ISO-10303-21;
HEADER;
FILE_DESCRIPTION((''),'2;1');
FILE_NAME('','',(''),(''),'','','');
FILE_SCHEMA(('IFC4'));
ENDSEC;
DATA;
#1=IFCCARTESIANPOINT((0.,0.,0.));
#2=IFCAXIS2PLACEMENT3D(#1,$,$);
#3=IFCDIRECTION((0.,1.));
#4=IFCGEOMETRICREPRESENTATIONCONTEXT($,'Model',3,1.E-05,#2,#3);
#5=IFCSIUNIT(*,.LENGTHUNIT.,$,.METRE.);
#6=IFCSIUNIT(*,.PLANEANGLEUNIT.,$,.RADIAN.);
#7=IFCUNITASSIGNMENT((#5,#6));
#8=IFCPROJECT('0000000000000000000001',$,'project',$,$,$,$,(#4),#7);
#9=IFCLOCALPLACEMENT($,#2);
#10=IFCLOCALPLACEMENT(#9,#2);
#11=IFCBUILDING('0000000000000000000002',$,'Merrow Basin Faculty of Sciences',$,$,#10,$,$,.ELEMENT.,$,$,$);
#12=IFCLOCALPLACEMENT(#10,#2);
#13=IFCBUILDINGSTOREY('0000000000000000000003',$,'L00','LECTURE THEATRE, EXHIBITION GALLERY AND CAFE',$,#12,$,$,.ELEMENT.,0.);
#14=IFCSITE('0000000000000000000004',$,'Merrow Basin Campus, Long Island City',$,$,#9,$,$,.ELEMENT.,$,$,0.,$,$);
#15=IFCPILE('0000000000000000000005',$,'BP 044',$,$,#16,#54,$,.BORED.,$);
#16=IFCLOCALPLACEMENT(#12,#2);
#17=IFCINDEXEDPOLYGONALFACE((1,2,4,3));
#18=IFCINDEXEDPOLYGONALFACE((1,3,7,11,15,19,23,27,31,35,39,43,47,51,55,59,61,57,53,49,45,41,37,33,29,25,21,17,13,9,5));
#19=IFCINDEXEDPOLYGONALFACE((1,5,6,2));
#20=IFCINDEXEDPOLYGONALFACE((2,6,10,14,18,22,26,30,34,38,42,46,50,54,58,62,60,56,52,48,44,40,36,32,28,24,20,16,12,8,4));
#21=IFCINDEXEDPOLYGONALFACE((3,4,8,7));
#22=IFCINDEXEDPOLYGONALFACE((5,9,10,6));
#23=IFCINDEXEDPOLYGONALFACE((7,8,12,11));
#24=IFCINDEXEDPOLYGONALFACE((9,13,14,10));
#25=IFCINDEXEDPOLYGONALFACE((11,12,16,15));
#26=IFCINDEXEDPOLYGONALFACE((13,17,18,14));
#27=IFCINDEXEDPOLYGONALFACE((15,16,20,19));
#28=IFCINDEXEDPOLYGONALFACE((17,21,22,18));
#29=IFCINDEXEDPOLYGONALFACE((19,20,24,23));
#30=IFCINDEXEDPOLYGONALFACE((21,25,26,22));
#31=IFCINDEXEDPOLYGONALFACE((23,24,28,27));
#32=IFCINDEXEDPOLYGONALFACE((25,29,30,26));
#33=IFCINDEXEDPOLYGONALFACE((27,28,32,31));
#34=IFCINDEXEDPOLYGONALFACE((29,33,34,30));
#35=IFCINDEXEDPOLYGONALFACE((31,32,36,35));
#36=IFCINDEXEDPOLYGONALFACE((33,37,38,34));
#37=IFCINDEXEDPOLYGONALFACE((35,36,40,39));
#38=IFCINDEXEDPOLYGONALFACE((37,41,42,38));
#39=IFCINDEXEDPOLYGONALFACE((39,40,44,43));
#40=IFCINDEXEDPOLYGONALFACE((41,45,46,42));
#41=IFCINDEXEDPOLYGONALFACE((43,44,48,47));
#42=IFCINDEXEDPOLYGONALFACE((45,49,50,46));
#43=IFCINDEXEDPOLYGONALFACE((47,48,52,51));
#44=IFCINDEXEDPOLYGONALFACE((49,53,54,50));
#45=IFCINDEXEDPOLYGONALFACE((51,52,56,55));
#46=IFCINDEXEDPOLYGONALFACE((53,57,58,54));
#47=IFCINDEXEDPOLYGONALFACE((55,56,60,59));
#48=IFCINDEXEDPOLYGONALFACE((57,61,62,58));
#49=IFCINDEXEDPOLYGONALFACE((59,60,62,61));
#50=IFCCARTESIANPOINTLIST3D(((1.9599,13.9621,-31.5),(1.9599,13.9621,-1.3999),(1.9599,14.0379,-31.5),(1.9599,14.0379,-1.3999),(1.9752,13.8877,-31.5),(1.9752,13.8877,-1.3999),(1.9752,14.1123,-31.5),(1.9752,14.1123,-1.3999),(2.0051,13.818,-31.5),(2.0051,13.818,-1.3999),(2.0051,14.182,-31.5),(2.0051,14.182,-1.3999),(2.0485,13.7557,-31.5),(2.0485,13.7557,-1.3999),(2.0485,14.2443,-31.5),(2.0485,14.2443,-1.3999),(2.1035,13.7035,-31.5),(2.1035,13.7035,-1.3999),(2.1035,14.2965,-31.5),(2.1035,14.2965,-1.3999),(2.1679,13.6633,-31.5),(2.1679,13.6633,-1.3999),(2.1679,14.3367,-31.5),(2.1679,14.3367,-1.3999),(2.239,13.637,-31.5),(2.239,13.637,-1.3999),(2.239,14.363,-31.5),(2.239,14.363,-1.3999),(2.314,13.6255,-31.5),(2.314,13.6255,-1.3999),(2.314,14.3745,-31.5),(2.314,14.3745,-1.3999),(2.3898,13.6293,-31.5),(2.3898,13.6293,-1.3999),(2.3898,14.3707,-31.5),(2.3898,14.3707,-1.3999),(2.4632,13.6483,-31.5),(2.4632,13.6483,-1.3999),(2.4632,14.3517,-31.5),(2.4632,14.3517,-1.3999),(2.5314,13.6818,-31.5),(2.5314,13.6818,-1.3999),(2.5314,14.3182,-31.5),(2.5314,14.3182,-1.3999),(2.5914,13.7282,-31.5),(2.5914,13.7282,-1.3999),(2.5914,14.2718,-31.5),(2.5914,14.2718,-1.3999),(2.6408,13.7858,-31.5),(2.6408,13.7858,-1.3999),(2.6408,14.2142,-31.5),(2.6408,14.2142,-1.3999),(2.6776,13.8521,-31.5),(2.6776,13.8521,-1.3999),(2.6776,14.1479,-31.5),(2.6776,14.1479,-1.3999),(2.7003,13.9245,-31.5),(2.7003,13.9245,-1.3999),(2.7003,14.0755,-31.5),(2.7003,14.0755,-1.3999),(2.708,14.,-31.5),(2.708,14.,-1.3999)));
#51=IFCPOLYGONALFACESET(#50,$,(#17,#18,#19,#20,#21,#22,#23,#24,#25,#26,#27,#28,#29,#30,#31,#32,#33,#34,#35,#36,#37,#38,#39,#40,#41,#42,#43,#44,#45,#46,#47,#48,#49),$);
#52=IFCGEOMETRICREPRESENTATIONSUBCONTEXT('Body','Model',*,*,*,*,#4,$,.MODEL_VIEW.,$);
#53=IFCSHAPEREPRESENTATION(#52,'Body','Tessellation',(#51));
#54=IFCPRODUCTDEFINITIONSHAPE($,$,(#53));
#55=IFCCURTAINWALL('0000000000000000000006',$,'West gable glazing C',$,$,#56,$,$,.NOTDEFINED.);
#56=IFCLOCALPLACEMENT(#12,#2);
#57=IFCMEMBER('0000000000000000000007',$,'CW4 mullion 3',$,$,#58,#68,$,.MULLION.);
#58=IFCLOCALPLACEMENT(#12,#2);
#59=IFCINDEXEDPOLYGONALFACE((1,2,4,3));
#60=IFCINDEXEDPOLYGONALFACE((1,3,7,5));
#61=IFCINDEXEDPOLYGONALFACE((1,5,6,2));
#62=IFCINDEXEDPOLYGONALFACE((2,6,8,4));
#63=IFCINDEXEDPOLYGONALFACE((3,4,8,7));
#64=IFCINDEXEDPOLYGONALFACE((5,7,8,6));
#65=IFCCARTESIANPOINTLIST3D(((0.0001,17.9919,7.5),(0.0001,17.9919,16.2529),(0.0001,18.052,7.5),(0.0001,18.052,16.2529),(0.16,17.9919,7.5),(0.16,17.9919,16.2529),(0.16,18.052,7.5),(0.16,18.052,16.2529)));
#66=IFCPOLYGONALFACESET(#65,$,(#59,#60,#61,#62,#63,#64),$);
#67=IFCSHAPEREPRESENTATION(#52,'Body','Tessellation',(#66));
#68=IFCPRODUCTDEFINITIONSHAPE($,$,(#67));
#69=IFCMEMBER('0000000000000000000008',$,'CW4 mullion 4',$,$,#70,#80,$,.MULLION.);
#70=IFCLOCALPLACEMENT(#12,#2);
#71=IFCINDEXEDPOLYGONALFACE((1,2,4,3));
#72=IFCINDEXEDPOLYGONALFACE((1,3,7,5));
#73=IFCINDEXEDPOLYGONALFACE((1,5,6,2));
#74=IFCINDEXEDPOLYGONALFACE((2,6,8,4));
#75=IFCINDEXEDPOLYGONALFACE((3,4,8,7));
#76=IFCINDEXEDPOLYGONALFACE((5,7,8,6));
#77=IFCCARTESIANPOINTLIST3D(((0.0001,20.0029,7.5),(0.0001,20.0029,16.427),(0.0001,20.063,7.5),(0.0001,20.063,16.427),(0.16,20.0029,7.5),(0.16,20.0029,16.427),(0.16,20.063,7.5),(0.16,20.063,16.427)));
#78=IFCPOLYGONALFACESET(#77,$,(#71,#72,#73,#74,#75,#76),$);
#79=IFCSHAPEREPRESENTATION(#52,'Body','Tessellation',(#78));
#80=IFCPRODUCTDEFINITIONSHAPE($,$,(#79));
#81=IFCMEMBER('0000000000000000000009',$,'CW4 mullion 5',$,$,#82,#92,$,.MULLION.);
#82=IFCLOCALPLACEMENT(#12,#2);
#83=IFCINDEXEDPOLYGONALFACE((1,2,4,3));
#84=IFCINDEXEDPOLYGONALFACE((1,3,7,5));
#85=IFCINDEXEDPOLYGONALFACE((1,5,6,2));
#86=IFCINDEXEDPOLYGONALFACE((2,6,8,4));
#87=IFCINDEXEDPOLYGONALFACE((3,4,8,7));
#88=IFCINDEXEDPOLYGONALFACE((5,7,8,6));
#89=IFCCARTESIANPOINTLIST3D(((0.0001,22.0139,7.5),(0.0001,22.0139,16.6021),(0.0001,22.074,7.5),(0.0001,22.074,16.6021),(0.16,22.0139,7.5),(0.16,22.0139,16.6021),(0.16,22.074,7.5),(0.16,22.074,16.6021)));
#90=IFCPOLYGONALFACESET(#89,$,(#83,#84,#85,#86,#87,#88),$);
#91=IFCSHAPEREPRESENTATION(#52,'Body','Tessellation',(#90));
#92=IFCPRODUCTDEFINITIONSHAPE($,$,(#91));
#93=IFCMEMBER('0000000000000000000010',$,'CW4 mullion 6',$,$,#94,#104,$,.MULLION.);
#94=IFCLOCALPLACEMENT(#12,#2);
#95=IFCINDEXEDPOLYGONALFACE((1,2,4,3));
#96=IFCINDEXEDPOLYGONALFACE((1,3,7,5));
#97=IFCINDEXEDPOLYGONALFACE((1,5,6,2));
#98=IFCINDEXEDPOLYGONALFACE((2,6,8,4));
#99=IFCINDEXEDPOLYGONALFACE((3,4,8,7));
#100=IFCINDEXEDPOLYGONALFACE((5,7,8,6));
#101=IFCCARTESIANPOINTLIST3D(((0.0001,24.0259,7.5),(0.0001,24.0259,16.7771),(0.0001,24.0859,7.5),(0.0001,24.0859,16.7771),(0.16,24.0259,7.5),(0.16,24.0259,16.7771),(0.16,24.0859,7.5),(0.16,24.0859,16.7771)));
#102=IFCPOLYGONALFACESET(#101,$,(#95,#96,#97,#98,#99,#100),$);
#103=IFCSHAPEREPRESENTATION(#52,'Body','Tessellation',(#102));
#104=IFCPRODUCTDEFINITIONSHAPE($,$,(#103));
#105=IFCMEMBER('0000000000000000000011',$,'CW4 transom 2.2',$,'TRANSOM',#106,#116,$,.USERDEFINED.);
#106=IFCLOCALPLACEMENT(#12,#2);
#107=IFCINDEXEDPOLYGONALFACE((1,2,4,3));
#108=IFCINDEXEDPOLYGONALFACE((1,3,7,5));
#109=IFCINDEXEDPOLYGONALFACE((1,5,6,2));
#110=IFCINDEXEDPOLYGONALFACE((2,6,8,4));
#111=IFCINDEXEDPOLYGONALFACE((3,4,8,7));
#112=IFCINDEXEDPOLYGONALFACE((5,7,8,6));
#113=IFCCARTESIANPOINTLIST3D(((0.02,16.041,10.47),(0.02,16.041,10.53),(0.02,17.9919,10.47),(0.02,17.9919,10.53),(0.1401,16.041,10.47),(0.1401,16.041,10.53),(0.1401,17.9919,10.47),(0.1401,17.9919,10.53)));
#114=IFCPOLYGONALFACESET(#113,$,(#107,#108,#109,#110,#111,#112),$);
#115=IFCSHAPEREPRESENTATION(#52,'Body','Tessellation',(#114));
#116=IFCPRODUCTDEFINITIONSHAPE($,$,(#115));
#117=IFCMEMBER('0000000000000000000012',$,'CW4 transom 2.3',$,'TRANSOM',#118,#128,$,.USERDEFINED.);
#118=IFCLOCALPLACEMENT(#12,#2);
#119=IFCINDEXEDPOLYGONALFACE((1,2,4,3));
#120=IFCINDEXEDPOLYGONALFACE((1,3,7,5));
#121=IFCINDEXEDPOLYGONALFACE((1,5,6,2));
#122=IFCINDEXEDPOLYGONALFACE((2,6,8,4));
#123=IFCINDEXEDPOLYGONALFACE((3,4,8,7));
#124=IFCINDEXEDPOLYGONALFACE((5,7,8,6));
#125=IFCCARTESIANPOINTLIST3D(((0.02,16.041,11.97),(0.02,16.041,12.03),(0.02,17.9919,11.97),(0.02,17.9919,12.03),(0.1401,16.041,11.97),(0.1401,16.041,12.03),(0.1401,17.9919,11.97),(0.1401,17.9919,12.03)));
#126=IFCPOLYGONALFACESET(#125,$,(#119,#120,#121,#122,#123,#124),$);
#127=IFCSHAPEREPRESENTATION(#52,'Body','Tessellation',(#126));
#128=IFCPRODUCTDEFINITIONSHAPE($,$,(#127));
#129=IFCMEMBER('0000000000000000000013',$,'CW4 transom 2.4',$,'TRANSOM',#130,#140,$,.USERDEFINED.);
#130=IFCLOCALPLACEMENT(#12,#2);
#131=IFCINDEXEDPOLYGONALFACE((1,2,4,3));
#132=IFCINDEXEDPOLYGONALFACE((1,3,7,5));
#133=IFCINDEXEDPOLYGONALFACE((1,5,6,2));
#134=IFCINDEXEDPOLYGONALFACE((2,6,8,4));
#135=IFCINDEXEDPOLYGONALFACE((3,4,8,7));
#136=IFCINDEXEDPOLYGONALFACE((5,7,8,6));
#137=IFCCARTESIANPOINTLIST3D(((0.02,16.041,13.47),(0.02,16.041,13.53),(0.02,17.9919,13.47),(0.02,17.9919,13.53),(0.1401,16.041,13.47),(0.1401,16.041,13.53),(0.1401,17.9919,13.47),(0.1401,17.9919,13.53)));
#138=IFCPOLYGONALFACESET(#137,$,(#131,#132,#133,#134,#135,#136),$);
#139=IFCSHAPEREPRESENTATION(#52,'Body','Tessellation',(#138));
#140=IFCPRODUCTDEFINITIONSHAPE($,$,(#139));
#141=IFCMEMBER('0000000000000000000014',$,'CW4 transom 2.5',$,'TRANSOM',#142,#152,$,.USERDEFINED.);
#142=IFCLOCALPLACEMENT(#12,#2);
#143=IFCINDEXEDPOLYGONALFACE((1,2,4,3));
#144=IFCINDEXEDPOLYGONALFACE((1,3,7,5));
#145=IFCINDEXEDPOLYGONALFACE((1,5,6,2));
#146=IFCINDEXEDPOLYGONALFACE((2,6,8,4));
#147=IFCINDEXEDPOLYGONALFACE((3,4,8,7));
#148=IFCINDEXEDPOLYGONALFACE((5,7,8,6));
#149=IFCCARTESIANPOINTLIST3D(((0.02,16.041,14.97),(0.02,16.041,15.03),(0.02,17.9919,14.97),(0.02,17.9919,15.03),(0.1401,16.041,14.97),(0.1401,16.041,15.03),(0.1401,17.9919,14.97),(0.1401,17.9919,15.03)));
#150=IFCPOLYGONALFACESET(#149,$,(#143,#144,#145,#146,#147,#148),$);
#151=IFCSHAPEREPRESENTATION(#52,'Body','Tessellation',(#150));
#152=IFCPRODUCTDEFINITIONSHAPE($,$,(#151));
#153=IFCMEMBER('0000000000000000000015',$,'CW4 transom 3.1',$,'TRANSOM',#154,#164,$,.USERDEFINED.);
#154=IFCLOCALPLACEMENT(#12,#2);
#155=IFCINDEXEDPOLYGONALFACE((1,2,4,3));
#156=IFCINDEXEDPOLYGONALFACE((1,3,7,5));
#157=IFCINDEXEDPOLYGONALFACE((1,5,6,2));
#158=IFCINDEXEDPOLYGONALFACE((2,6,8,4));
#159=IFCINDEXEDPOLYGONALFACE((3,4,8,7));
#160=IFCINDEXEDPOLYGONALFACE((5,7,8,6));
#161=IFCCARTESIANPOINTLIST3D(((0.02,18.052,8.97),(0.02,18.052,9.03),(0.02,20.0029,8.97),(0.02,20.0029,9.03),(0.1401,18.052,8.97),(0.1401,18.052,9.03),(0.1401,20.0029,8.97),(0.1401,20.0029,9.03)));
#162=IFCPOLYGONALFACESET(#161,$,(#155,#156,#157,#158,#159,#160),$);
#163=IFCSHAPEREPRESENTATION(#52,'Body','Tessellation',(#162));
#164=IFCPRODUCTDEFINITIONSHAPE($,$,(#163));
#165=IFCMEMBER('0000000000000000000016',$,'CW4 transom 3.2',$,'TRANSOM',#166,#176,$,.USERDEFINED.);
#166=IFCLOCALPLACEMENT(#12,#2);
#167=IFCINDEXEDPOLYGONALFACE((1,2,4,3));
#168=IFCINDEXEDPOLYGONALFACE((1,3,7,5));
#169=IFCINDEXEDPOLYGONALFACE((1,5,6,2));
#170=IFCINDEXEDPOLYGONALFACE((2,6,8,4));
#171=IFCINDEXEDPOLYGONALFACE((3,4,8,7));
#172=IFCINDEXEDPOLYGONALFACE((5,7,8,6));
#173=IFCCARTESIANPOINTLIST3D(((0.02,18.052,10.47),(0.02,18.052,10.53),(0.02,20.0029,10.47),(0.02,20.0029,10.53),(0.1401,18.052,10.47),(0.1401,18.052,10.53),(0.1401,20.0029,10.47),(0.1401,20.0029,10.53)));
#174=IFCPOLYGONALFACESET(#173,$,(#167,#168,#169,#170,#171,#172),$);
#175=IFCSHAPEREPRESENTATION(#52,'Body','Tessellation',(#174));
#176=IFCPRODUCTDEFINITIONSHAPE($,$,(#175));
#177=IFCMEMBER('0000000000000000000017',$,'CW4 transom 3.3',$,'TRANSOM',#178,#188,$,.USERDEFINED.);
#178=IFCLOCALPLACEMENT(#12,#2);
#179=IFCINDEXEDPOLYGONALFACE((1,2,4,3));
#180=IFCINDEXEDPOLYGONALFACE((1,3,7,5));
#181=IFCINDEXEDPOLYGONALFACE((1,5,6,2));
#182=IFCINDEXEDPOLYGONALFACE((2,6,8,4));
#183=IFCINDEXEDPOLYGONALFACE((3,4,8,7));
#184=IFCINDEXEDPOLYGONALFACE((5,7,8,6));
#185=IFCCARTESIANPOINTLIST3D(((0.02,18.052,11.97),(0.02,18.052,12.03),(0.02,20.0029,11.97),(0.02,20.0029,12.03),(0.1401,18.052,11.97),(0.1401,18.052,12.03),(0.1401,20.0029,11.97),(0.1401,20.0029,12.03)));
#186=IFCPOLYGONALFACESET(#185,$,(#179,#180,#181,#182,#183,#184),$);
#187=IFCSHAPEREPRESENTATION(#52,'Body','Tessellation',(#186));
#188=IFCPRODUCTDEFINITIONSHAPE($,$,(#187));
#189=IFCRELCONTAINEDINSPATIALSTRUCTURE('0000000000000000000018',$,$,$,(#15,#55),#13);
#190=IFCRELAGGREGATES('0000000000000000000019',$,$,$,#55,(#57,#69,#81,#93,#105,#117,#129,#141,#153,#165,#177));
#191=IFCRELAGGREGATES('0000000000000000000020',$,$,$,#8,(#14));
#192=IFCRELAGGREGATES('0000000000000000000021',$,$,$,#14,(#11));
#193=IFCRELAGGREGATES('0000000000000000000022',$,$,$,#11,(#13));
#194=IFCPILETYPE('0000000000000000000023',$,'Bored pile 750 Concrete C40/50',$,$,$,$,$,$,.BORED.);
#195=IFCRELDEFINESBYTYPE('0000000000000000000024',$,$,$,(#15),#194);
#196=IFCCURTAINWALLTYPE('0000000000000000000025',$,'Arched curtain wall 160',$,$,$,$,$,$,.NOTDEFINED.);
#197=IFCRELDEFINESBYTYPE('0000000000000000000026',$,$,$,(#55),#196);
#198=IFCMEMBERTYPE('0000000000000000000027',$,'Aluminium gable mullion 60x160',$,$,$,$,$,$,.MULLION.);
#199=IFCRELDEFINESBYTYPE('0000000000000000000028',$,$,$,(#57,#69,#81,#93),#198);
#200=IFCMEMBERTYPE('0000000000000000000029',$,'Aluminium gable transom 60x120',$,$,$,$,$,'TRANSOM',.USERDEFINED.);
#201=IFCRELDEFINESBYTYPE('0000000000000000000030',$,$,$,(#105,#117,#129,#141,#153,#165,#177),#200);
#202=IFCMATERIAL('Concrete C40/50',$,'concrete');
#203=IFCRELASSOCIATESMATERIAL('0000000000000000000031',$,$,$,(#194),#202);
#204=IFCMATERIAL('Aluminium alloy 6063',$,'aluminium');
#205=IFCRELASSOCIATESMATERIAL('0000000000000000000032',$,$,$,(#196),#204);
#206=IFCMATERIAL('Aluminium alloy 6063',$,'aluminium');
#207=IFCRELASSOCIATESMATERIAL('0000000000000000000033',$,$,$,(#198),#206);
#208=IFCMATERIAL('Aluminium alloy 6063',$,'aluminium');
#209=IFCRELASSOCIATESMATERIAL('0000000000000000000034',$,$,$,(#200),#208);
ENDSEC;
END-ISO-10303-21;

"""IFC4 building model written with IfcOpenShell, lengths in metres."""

from ifc_helpers import new_model, si_unit, direction, frame, origin, origin_2d, place, context, subcontext, project, spatial, rectangle, circle, extrude, material, material_profile, profile_set, type_object, element, aggregate, save


model = new_model("IFC4")

# Units and contexts
model_context = context("Model", 3, precision=1e-05, world=origin(), true_north=direction((0.0, 1.0)))
body_context = subcontext(model_context, "Body", "Model", "MODEL_VIEW")
ifc_project = project(units=[si_unit("LENGTHUNIT", "METRE"), si_unit("PLANEANGLEUNIT", "RADIAN")], contexts=[model_context])

# Site, building, storey
site_placement = place(None, origin())
site = spatial("IfcSite", under=ifc_project, at=site_placement, Name="Merrow Basin Campus, Long Island City", CompositionType="ELEMENT", RefElevation=0.0)
building_placement = place(site_placement, origin())
building = spatial("IfcBuilding", under=site, at=building_placement, Name="Merrow Basin Faculty of Sciences", CompositionType="ELEMENT")
storey_placement = place(building_placement, origin())
storey = spatial("IfcBuildingStorey", under=building, at=storey_placement, Name="L00", Description="LECTURE THEATRE, EXHIBITION GALLERY AND CAFE", CompositionType="ELEMENT", Elevation=0.0)

# Pile
ifc_material_1 = material(Name="Concrete C40/50", Category="concrete")
ifc_material_profile_1 = material_profile(ifc_material_1, circle(Radius=0.375, at=origin_2d()))
ifc_profile_set_1 = profile_set([ifc_material_profile_1], Name="Concrete C40/50")
pile_type = type_object("IfcPileType", Name="Bored pile 750 Concrete C40/50", PredefinedType="BORED", material=ifc_profile_set_1)
pile_placement = place(storey_placement, frame((2.333, 14.0, -1.3999), z_axis=(0.0, 0.0, -1.0), x_axis=(1.0, 0.0, 0.0)))
element("IfcPile", 1, at=pile_placement, inside=storey, type_object=pile_type, Name="BP 044", PredefinedType="BORED", context=body_context, shape_type="SweptSolid", body=[
    extrude(circle(Radius=0.375, at=origin_2d()), origin(), (0.0, 0.0, 1.0), 30.1001),
])

# Curtain wall, members
ifc_material_2 = material(Name="Aluminium alloy 6063", Category="aluminium")
curtain_wall_type = type_object("IfcCurtainWallType", Name="Arched curtain wall 160", PredefinedType="NOTDEFINED", material=ifc_material_2)
curtain_wall_placement = place(storey_placement, origin())
curtain_wall = element("IfcCurtainWall", 2, at=curtain_wall_placement, inside=storey, type_object=curtain_wall_type, Name="West gable glazing C", PredefinedType="NOTDEFINED")
ifc_material_3 = material(Name="Aluminium alloy 6063", Category="aluminium")
ifc_material_profile_2 = material_profile(ifc_material_3, rectangle(XDim=0.1599, YDim=0.0601, at=origin_2d()))
ifc_profile_set_2 = profile_set([ifc_material_profile_2], Name="Aluminium alloy 6063")
member_type_1 = type_object("IfcMemberType", Name="Aluminium gable mullion 60x160", PredefinedType="MULLION", material=ifc_profile_set_2)
member_1_placement = place(storey_placement, frame((0.0801, 18.022, 7.5), z_axis=(0.0, 0.0, 1.0), x_axis=(1.0, 0.0, 0.0)))
member_1 = element("IfcMember", 3, at=member_1_placement, type_object=member_type_1, Name="CW4 mullion 3", PredefinedType="MULLION", context=body_context, shape_type="SweptSolid", body=[
    extrude(rectangle(XDim=0.1599, YDim=0.0601, at=origin_2d()), origin(), (0.0, 0.0, 1.0), 8.7529),
])
member_2_placement = place(storey_placement, frame((0.0801, 20.033, 7.5), z_axis=(0.0, 0.0, 1.0), x_axis=(1.0, 0.0, 0.0)))
member_2 = element("IfcMember", 4, at=member_2_placement, type_object=member_type_1, Name="CW4 mullion 4", PredefinedType="MULLION", context=body_context, shape_type="SweptSolid", body=[
    extrude(rectangle(XDim=0.1599, YDim=0.0601, at=origin_2d()), origin(), (0.0, 0.0, 1.0), 8.927),
])
member_3_placement = place(storey_placement, frame((0.0801, 22.0439, 7.5), z_axis=(0.0, 0.0, 1.0), x_axis=(1.0, 0.0, 0.0)))
member_3 = element("IfcMember", 5, at=member_3_placement, type_object=member_type_1, Name="CW4 mullion 5", PredefinedType="MULLION", context=body_context, shape_type="SweptSolid", body=[
    extrude(rectangle(XDim=0.1599, YDim=0.0601, at=origin_2d()), origin(), (0.0, 0.0, 1.0), 9.1021),
])
member_4_placement = place(storey_placement, frame((0.0801, 24.0559, 7.5), z_axis=(0.0, 0.0, 1.0), x_axis=(1.0, 0.0, 0.0)))
member_4 = element("IfcMember", 6, at=member_4_placement, type_object=member_type_1, Name="CW4 mullion 6", PredefinedType="MULLION", context=body_context, shape_type="SweptSolid", body=[
    extrude(rectangle(XDim=0.1599, YDim=0.0601, at=origin_2d()), origin(), (0.0, 0.0, 1.0), 9.2771),
])
ifc_material_4 = material(Name="Aluminium alloy 6063", Category="aluminium")
ifc_material_profile_3 = material_profile(ifc_material_4, rectangle(XDim=0.1201, YDim=0.0601, at=origin_2d()))
ifc_profile_set_3 = profile_set([ifc_material_profile_3], Name="Aluminium alloy 6063")
member_type_2 = type_object("IfcMemberType", Name="Aluminium gable transom 60x120", ElementType="TRANSOM", PredefinedType="USERDEFINED", material=ifc_profile_set_3)
member_5_placement = place(storey_placement, frame((0.0801, 16.041, 10.5), z_axis=(0.0, 1.0, 0.0), x_axis=(-1.0, 0.0, 0.0)))
member_5 = element("IfcMember", 7, at=member_5_placement, type_object=member_type_2, Name="CW4 transom 2.2", ObjectType="TRANSOM", PredefinedType="USERDEFINED", context=body_context, shape_type="SweptSolid", body=[
    extrude(rectangle(XDim=0.1201, YDim=0.0601, at=origin_2d()), origin(), (0.0, 0.0, 1.0), 1.9509),
])
member_6_placement = place(storey_placement, frame((0.0801, 16.041, 12.0), z_axis=(0.0, 1.0, 0.0), x_axis=(-1.0, 0.0, 0.0)))
member_6 = element("IfcMember", 8, at=member_6_placement, type_object=member_type_2, Name="CW4 transom 2.3", ObjectType="TRANSOM", PredefinedType="USERDEFINED", context=body_context, shape_type="SweptSolid", body=[
    extrude(rectangle(XDim=0.1201, YDim=0.0601, at=origin_2d()), origin(), (0.0, 0.0, 1.0), 1.9509),
])
member_7_placement = place(storey_placement, frame((0.0801, 16.041, 13.5), z_axis=(0.0, 1.0, 0.0), x_axis=(-1.0, 0.0, 0.0)))
member_7 = element("IfcMember", 9, at=member_7_placement, type_object=member_type_2, Name="CW4 transom 2.4", ObjectType="TRANSOM", PredefinedType="USERDEFINED", context=body_context, shape_type="SweptSolid", body=[
    extrude(rectangle(XDim=0.1201, YDim=0.0601, at=origin_2d()), origin(), (0.0, 0.0, 1.0), 1.9509),
])
member_8_placement = place(storey_placement, frame((0.0801, 16.041, 15.0), z_axis=(0.0, 1.0, 0.0), x_axis=(-1.0, 0.0, 0.0)))
member_8 = element("IfcMember", 10, at=member_8_placement, type_object=member_type_2, Name="CW4 transom 2.5", ObjectType="TRANSOM", PredefinedType="USERDEFINED", context=body_context, shape_type="SweptSolid", body=[
    extrude(rectangle(XDim=0.1201, YDim=0.0601, at=origin_2d()), origin(), (0.0, 0.0, 1.0), 1.9509),
])
member_9_placement = place(storey_placement, frame((0.0801, 18.052, 9.0), z_axis=(0.0, 1.0, 0.0), x_axis=(-1.0, 0.0, 0.0)))
member_9 = element("IfcMember", 11, at=member_9_placement, type_object=member_type_2, Name="CW4 transom 3.1", ObjectType="TRANSOM", PredefinedType="USERDEFINED", context=body_context, shape_type="SweptSolid", body=[
    extrude(rectangle(XDim=0.1201, YDim=0.0601, at=origin_2d()), origin(), (0.0, 0.0, 1.0), 1.9509),
])
member_10_placement = place(storey_placement, frame((0.0801, 18.052, 10.5), z_axis=(0.0, 1.0, 0.0), x_axis=(-1.0, 0.0, 0.0)))
member_10 = element("IfcMember", 12, at=member_10_placement, type_object=member_type_2, Name="CW4 transom 3.2", ObjectType="TRANSOM", PredefinedType="USERDEFINED", context=body_context, shape_type="SweptSolid", body=[
    extrude(rectangle(XDim=0.1201, YDim=0.0601, at=origin_2d()), origin(), (0.0, 0.0, 1.0), 1.9509),
])
member_11_placement = place(storey_placement, frame((0.0801, 18.052, 12.0), z_axis=(0.0, 1.0, 0.0), x_axis=(-1.0, 0.0, 0.0)))
member_11 = element("IfcMember", 13, at=member_11_placement, type_object=member_type_2, Name="CW4 transom 3.3", ObjectType="TRANSOM", PredefinedType="USERDEFINED", context=body_context, shape_type="SweptSolid", body=[
    extrude(rectangle(XDim=0.1201, YDim=0.0601, at=origin_2d()), origin(), (0.0, 0.0, 1.0), 1.9509),
])
aggregate(curtain_wall, [member_1, member_2, member_3, member_4, member_5, member_6, member_7, member_8, member_9, member_10, member_11])

save(model, "model.ifc")
